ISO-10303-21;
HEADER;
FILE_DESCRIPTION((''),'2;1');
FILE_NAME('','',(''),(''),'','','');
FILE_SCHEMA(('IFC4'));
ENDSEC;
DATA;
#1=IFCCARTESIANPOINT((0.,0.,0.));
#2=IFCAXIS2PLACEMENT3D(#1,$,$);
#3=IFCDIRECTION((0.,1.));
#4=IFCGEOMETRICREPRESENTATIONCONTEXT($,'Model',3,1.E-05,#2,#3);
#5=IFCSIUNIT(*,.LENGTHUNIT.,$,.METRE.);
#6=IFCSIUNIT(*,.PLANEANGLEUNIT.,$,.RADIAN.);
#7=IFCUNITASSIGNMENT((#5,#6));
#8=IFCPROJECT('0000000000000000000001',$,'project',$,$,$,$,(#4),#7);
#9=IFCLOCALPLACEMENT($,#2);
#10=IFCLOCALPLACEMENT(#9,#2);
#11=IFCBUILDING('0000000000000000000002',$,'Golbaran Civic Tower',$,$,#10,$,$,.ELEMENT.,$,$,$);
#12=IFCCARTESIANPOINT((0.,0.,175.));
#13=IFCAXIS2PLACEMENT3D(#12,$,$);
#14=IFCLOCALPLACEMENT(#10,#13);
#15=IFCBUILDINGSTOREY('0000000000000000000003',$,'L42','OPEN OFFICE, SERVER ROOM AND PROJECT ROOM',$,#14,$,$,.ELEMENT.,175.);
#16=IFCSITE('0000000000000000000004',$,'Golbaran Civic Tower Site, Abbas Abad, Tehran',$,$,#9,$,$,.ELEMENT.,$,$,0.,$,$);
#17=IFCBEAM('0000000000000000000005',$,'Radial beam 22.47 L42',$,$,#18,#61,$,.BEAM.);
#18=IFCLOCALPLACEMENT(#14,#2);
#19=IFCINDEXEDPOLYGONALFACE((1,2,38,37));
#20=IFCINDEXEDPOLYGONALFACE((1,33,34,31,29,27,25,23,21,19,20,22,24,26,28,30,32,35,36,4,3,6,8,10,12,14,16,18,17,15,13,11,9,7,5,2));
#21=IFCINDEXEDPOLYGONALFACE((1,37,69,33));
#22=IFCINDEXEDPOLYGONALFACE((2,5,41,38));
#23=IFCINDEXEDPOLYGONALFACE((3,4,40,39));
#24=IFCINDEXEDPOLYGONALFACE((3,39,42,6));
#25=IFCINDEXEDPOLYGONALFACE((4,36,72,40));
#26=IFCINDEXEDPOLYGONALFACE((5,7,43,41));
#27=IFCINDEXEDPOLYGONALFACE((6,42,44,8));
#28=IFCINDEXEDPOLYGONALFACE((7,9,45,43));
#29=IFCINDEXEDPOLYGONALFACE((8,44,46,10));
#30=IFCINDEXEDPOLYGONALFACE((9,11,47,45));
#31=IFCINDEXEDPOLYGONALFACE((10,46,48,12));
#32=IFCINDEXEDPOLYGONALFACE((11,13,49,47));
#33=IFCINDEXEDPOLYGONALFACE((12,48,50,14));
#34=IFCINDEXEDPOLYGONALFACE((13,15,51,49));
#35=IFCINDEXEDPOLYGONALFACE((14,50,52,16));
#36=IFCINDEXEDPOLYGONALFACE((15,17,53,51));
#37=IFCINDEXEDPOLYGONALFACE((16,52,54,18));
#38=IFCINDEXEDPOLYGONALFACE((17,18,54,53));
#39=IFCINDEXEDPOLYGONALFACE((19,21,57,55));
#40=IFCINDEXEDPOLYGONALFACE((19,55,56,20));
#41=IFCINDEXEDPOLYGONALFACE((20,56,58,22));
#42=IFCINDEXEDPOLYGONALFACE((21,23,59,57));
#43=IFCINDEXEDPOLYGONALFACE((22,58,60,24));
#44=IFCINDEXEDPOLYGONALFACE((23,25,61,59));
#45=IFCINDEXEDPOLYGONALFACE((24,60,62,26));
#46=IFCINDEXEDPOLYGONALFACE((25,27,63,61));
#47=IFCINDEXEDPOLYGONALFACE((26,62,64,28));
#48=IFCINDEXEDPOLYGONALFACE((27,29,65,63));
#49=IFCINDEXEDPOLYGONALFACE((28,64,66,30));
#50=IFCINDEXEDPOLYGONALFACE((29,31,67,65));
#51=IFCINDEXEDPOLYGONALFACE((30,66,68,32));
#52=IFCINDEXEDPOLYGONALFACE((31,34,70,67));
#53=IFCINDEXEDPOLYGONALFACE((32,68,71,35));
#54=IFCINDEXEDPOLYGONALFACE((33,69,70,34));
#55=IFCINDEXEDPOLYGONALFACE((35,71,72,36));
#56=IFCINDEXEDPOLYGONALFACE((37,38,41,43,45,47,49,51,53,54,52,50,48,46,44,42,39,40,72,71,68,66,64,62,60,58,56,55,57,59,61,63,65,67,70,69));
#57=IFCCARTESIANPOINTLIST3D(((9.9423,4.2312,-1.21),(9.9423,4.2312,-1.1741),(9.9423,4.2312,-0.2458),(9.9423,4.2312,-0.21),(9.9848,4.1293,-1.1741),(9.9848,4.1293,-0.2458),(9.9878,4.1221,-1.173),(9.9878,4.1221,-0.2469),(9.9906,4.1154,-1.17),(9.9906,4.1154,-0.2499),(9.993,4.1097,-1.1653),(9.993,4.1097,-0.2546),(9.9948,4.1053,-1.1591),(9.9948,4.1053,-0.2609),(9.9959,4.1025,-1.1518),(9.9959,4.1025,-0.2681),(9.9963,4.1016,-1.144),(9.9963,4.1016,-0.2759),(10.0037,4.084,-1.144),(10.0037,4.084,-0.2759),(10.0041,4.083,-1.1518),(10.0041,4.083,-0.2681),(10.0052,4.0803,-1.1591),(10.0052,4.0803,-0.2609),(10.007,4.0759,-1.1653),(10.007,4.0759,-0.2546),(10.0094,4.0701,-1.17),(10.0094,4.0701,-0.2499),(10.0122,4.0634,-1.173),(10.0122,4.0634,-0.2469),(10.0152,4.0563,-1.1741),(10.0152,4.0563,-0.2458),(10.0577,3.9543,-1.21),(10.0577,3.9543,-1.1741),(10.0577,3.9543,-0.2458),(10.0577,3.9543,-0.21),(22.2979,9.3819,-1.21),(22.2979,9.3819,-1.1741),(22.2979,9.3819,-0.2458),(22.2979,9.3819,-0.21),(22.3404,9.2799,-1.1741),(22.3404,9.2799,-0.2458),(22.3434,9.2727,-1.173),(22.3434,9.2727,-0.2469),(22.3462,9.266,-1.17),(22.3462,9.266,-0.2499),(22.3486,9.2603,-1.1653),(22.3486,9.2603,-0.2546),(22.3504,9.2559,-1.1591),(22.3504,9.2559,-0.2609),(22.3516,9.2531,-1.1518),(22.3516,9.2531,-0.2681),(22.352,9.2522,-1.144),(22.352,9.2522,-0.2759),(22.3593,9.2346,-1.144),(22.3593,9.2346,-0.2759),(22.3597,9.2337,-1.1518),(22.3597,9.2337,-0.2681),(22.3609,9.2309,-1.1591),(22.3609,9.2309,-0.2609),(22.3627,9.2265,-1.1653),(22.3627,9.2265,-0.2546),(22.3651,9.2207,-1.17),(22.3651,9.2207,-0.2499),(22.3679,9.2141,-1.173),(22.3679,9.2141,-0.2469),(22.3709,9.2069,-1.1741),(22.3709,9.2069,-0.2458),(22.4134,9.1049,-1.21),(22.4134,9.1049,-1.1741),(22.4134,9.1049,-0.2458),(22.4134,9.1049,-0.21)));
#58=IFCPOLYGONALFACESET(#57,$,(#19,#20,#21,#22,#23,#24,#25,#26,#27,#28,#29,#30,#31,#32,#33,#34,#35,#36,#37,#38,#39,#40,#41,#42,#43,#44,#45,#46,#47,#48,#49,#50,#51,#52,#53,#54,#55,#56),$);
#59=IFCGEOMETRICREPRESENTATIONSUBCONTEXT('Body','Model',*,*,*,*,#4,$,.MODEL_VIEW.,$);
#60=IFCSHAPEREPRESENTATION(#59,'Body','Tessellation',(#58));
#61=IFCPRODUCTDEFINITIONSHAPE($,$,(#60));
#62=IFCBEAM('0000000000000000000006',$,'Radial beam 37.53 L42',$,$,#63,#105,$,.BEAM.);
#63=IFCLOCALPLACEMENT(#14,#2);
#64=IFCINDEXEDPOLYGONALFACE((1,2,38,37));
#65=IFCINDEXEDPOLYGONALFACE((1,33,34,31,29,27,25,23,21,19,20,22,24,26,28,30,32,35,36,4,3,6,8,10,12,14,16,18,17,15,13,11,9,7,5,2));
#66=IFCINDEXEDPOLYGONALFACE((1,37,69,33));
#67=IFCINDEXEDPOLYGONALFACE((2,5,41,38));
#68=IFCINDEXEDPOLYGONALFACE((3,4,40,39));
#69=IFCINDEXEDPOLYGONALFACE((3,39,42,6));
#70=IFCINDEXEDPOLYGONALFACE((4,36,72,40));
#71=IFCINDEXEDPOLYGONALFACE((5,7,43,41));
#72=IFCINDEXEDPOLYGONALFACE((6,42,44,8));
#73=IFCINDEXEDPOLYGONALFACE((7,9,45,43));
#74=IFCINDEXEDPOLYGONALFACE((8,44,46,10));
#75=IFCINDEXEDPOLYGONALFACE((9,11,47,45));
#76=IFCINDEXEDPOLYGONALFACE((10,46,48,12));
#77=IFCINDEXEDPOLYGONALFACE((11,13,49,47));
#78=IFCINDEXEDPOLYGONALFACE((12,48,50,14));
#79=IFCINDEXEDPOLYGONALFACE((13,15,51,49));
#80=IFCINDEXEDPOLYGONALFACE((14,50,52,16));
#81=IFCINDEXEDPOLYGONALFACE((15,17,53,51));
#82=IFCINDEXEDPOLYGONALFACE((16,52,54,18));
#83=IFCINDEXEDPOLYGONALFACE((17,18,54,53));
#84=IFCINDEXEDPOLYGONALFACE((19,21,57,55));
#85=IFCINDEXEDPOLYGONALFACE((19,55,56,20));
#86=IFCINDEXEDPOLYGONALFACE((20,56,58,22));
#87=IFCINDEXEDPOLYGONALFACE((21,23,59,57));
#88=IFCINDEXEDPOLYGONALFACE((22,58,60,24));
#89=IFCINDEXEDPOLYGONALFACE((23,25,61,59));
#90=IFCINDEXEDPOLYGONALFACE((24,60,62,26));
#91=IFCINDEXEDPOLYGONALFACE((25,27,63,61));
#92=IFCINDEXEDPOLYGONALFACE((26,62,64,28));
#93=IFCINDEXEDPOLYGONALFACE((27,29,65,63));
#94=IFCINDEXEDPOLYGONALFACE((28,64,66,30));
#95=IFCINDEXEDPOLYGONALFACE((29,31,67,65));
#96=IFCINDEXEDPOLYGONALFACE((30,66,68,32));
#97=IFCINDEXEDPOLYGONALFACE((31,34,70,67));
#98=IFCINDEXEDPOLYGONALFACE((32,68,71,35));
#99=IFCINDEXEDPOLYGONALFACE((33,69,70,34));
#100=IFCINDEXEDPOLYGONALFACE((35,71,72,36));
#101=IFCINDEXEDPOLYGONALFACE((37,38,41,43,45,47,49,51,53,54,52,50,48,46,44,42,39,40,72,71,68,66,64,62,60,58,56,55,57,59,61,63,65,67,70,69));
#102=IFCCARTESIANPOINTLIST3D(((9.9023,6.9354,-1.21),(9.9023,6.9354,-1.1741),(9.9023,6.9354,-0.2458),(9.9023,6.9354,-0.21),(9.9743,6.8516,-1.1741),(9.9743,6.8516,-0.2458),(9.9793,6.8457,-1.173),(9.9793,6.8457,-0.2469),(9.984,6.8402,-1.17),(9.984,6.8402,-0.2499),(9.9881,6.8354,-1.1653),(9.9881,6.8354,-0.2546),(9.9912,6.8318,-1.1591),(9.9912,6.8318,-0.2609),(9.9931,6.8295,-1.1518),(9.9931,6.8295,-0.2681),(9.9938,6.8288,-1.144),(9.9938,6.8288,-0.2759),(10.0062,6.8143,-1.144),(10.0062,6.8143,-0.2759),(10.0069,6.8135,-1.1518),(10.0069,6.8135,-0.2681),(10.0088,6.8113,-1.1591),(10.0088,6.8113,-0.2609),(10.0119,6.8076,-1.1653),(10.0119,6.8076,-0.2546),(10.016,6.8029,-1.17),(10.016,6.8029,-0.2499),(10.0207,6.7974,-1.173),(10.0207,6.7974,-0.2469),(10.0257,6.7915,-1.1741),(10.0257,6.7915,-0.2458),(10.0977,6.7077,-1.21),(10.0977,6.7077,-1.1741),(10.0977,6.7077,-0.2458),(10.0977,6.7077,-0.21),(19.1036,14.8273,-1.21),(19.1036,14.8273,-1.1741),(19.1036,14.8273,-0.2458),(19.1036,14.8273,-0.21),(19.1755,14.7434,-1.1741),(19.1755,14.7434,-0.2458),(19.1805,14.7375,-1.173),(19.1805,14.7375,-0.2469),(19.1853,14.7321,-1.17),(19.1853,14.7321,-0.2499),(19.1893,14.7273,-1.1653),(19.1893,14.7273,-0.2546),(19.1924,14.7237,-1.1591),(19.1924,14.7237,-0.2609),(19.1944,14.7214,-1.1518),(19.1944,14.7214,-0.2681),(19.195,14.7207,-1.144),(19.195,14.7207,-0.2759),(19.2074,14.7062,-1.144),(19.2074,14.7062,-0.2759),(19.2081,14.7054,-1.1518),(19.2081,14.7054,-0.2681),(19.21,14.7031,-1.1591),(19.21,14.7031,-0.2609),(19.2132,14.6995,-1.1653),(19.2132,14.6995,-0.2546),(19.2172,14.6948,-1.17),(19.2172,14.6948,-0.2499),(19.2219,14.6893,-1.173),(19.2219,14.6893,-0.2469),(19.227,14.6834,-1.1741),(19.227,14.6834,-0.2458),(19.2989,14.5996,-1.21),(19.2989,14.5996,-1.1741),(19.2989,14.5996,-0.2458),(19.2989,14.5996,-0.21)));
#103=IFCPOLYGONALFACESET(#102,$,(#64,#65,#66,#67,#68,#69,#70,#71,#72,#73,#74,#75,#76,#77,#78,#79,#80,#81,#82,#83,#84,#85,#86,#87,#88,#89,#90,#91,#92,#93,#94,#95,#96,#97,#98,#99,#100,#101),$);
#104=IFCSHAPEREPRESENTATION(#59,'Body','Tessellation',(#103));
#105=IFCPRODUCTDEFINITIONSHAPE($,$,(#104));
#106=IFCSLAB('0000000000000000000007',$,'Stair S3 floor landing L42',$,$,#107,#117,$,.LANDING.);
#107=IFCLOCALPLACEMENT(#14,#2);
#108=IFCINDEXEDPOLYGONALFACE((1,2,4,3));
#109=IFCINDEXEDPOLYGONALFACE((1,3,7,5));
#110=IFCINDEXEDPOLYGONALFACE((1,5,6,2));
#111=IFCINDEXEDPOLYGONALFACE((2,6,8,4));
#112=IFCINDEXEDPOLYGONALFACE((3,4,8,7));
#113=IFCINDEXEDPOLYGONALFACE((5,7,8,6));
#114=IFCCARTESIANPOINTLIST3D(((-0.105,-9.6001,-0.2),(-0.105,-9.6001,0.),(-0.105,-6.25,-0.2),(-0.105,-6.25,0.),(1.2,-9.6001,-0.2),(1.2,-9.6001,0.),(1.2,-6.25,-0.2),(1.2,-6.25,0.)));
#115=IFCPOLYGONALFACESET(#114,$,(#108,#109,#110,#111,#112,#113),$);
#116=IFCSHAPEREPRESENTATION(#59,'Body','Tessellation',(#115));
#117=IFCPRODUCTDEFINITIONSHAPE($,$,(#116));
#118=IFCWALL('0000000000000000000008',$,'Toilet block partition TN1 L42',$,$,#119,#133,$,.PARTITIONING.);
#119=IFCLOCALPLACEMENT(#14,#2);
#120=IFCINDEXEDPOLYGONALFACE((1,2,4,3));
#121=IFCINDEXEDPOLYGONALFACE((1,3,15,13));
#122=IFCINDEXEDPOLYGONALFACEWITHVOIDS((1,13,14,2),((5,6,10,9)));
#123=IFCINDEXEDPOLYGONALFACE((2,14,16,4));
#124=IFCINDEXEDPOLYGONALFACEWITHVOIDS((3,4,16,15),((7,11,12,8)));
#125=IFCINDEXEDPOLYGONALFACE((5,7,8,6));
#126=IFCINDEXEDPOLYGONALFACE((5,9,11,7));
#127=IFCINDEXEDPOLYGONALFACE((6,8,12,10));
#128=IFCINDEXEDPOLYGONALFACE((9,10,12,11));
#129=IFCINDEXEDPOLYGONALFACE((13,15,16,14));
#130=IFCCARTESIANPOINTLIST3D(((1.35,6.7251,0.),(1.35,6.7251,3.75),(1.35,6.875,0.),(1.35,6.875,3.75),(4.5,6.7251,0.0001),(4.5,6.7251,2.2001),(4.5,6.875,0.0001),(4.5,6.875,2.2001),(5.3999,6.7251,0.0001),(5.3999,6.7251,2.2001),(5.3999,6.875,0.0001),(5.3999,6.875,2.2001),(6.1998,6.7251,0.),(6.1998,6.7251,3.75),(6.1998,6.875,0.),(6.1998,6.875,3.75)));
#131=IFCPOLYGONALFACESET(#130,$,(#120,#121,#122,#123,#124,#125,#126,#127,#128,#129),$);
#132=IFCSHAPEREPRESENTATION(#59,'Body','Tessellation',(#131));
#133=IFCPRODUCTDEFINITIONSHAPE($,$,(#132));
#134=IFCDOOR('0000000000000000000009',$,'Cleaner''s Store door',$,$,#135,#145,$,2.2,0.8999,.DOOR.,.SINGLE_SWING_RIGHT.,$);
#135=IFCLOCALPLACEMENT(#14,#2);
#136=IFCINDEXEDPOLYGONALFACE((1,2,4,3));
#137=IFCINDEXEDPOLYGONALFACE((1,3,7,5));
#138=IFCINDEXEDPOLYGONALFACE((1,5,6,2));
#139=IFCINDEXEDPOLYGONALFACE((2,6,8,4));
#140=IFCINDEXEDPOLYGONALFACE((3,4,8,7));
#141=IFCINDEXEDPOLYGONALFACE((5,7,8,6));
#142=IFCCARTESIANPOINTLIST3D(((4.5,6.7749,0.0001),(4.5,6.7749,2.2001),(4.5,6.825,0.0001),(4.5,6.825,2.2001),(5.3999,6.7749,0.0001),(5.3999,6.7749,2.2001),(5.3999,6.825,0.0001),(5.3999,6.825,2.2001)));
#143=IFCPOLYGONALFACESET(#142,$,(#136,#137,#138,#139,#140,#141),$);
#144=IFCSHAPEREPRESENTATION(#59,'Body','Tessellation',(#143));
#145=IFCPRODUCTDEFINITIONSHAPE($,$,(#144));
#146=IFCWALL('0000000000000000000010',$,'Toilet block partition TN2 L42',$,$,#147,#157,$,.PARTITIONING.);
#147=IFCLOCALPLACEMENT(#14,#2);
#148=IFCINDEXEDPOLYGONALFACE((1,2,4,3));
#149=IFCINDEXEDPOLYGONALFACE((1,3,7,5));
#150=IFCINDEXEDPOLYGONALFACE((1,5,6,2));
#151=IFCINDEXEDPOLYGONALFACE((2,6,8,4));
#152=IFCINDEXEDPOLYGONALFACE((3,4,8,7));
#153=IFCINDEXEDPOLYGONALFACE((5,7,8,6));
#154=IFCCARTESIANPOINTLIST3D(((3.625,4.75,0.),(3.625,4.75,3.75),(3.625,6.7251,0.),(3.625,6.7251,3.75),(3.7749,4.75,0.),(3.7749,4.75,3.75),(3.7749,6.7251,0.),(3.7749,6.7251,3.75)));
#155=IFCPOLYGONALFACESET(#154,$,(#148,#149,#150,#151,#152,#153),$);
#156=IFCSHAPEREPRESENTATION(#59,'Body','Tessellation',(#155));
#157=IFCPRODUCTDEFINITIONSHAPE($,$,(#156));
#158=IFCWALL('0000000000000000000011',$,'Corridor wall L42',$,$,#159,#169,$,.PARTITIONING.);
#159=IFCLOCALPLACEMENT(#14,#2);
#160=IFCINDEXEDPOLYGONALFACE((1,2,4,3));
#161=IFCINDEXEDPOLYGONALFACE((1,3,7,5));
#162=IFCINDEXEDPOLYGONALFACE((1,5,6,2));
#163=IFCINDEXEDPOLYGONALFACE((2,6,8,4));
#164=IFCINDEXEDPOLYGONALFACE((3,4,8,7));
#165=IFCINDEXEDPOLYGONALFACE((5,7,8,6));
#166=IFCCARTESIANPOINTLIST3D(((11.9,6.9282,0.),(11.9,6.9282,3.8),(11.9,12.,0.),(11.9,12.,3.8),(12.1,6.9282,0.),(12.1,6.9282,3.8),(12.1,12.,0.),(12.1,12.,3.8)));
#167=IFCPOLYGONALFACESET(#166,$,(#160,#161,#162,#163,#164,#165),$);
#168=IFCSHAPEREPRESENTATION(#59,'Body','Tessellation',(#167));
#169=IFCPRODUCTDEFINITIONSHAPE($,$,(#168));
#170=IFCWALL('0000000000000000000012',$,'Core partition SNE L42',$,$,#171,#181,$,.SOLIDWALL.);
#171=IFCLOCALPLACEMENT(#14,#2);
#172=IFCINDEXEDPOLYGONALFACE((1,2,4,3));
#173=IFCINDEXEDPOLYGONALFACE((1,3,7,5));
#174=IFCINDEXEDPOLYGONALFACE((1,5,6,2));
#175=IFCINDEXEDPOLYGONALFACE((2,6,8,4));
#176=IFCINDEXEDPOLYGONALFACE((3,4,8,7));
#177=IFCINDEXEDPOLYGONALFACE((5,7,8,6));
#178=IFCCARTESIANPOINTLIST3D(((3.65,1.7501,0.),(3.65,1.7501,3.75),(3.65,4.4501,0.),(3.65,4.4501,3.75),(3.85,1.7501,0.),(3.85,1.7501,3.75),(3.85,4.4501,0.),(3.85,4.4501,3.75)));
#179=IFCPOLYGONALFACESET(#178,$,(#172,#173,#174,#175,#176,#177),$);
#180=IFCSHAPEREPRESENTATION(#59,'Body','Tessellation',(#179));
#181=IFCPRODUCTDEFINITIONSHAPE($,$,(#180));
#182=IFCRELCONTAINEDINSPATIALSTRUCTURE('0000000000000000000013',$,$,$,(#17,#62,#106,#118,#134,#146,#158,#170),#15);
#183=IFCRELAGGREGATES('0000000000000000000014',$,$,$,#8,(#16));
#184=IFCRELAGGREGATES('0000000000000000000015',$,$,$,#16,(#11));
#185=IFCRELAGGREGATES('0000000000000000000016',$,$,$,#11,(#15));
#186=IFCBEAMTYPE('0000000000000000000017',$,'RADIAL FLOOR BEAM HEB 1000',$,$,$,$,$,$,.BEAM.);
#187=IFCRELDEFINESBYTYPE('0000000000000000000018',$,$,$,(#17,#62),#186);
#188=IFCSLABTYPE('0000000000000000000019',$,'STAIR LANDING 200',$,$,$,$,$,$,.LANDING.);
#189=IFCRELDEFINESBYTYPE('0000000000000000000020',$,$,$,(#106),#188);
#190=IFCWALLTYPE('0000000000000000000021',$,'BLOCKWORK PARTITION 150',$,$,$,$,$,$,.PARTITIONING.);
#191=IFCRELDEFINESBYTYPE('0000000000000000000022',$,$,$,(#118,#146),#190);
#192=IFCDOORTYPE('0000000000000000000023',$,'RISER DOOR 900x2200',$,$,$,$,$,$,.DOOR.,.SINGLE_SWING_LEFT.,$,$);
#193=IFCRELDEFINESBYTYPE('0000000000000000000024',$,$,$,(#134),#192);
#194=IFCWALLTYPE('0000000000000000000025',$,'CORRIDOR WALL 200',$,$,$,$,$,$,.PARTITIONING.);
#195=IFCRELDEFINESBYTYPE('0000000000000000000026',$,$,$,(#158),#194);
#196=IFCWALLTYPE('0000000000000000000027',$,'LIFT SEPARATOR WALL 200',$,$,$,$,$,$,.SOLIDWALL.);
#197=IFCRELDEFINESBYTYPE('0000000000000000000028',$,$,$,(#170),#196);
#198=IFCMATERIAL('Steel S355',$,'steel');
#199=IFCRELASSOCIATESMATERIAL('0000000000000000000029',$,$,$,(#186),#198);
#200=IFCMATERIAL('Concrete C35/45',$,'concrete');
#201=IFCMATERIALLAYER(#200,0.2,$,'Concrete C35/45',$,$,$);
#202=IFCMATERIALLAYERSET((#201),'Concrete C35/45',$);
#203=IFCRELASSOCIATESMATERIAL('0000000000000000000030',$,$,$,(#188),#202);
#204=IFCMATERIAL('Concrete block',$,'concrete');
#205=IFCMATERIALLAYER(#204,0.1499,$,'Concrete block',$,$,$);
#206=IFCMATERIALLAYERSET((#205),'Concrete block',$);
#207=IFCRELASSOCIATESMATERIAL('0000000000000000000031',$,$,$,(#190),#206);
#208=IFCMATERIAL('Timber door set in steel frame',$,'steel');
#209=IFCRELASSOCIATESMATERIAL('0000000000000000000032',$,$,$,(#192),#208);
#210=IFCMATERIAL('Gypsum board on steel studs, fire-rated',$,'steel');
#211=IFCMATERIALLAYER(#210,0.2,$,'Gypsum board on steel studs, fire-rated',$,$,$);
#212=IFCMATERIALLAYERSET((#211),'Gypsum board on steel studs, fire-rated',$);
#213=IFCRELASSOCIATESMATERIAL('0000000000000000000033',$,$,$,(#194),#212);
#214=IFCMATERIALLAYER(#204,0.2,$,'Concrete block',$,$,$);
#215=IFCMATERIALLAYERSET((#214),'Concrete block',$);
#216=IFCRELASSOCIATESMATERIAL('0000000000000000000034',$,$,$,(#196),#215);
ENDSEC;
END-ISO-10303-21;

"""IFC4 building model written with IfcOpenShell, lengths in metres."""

from ifc_helpers import new_model, si_unit, direction, frame, frame_2d, origin, origin_2d, place, context, subcontext, project, spatial, polyline, rectangle, i_section, outline, extrude, material, layer, layer_set, material_profile, profile_set, type_object, element, fill, save


model = new_model("IFC4")

# Units and contexts
model_context = context("Model", 3, precision=1e-05, world=origin(), true_north=direction((0.0, 1.0)))
body_context = subcontext(model_context, "Body", "Model", "MODEL_VIEW")
ifc_project = project(units=[si_unit("LENGTHUNIT", "METRE"), si_unit("PLANEANGLEUNIT", "RADIAN")], contexts=[model_context])

# Site, building, storey
site_placement = place(None, origin())
site = spatial("IfcSite", under=ifc_project, at=site_placement, Name="Golbaran Civic Tower Site, Abbas Abad, Tehran", CompositionType="ELEMENT", RefElevation=0.0)
building_placement = place(site_placement, origin())
building = spatial("IfcBuilding", under=site, at=building_placement, Name="Golbaran Civic Tower", CompositionType="ELEMENT")
storey_placement = place(building_placement, frame((0.0, 0.0, 175.0)))
storey = spatial("IfcBuildingStorey", under=building, at=storey_placement, Name="L42", Description="OPEN OFFICE, SERVER ROOM AND PROJECT ROOM", CompositionType="ELEMENT", Elevation=175.0)

# Beams
ifc_material_1 = material(Name="Steel S355", Category="steel")
ifc_material_profile_1 = material_profile(ifc_material_1, i_section(OverallWidth=0.3, OverallDepth=1.0, WebThickness=0.019, FlangeThickness=0.0359, FilletRadius=0.03, at=origin_2d()), Name="HEB 1000")
ifc_profile_set_1 = profile_set([ifc_material_profile_1], Name="Steel S355")
beam_type_1 = type_object("IfcBeamType", Name="RADIAL FLOOR BEAM HEB 1000", PredefinedType="BEAM", material=ifc_profile_set_1)
beam_1_placement = place(storey_placement, frame((10.0, 4.0928, -0.71), z_axis=(0.923013, 0.384769, 0.0), x_axis=(-0.384769, 0.923013, 0.0)))
element("IfcBeam", 1, at=beam_1_placement, inside=storey, type_object=beam_type_1, Name="Radial beam 22.47 L42", PredefinedType="BEAM", context=body_context, shape_type="SweptSolid", body=[
    extrude(i_section(OverallWidth=0.3, OverallDepth=1.0, WebThickness=0.019, FlangeThickness=0.0359, FilletRadius=0.03, at=origin_2d()), origin(), (0.0, 0.0, 1.0), 13.3862),
])
beam_2_placement = place(storey_placement, frame((10.0, 6.8215, -0.71), z_axis=(0.759048, 0.651035, 0.0), x_axis=(-0.651035, 0.759048, 0.0)))
element("IfcBeam", 2, at=beam_2_placement, inside=storey, type_object=beam_type_1, Name="Radial beam 37.53 L42", PredefinedType="BEAM", context=body_context, shape_type="SweptSolid", body=[
    extrude(i_section(OverallWidth=0.3, OverallDepth=1.0, WebThickness=0.019, FlangeThickness=0.0359, FilletRadius=0.03, at=origin_2d()), origin(), (0.0, 0.0, 1.0), 12.1221),
])

# Slab
ifc_material_2 = material(Name="Concrete C35/45", Category="concrete")
ifc_layer_1 = layer(ifc_material_2, 0.2, Name="Concrete C35/45")
ifc_layer_set_1 = layer_set([ifc_layer_1], Name="Concrete C35/45")
slab_type = type_object("IfcSlabType", Name="STAIR LANDING 200", PredefinedType="LANDING", material=ifc_layer_set_1)
slab_placement = place(storey_placement, frame((0.0, 0.0, -0.2)))
element("IfcSlab", 3, at=slab_placement, inside=storey, type_object=slab_type, Name="Stair S3 floor landing L42", PredefinedType="LANDING", context=body_context, shape_type="SweptSolid", body=[
    extrude(outline(polyline([(1.2, -9.6001), (-0.105, -9.6001), (-0.105, -6.25), (1.2, -6.25), (1.2, -9.6001)])), origin(), (0.0, 0.0, 1.0), 0.2),
])

# Wall, opening, door
ifc_material_3 = material(Name="Concrete block", Category="concrete")
ifc_layer_2 = layer(ifc_material_3, 0.1499, Name="Concrete block")
ifc_layer_set_2 = layer_set([ifc_layer_2], Name="Concrete block")
wall_type_1 = type_object("IfcWallType", Name="BLOCKWORK PARTITION 150", PredefinedType="PARTITIONING", material=ifc_layer_set_2)
wall_1_placement = place(storey_placement, frame((1.3501, 6.8, 0.0), z_axis=(0.0, 0.0, 1.0), x_axis=(1.0, 0.0, 0.0)))
wall_1 = element("IfcWall", 4, at=wall_1_placement, inside=storey, type_object=wall_type_1, Name="Toilet block partition TN1 L42", PredefinedType="PARTITIONING", context=body_context, shape_type="SweptSolid", body=[
    extrude(rectangle(XDim=4.8499, YDim=0.1499, at=frame_2d((2.4248, 0.0))), origin(), (0.0, 0.0, 1.0), 3.75),
])
opening_1_placement = place(wall_1_placement, frame((3.1499, 0.0, 0.0)))
opening_1 = element("IfcOpeningElement", 5, at=opening_1_placement, cuts=wall_1, PredefinedType="OPENING", context=body_context, shape_type="SweptSolid", body=[
    extrude(rectangle(XDim=0.8999, YDim=2.2, at=frame_2d((0.45, 1.1001))), frame((0.0, 0.085, 0.0), z_axis=(0.0, -1.0, 0.0), x_axis=(1.0, 0.0, 0.0)), (0.0, 0.0, 1.0), 0.1699),
])
ifc_material_4 = material(Name="Timber door set in steel frame", Category="steel")
door_type_1 = type_object("IfcDoorType", Name="RISER DOOR 900x2200", OperationType="SINGLE_SWING_LEFT", PredefinedType="DOOR", material=ifc_material_4)
door_1_placement = place(opening_1_placement, origin())
door_1 = element("IfcDoor", 6, at=door_1_placement, inside=storey, type_object=door_type_1, Name="Cleaner's Store door", OperationType="SINGLE_SWING_RIGHT", OverallHeight=2.2, OverallWidth=0.8999, PredefinedType="DOOR", context=body_context, shape_type="SweptSolid", body=[
    extrude(rectangle(XDim=0.8999, YDim=2.2, at=frame_2d((0.45, 1.1001))), frame((0.0, 0.0249, 0.0), z_axis=(0.0, -1.0, 0.0), x_axis=(1.0, 0.0, 0.0)), (0.0, 0.0, 1.0), 0.05),
])
fill(opening_1, door_1)

# Walls
wall_2_placement = place(storey_placement, frame((3.7, 4.75, 0.0), z_axis=(0.0, 0.0, 1.0), x_axis=(0.0, 1.0, 0.0)))
element("IfcWall", 7, at=wall_2_placement, inside=storey, type_object=wall_type_1, Name="Toilet block partition TN2 L42", PredefinedType="PARTITIONING", context=body_context, shape_type="SweptSolid", body=[
    extrude(rectangle(XDim=1.9751, YDim=0.1499, at=frame_2d((0.9875, 0.0))), origin(), (0.0, 0.0, 1.0), 3.75),
])
ifc_material_5 = material(Name="Gypsum board on steel studs, fire-rated", Category="steel")
ifc_layer_3 = layer(ifc_material_5, 0.2, Name="Gypsum board on steel studs, fire-rated")
ifc_layer_set_3 = layer_set([ifc_layer_3], Name="Gypsum board on steel studs, fire-rated")
wall_type_2 = type_object("IfcWallType", Name="CORRIDOR WALL 200", PredefinedType="PARTITIONING", material=ifc_layer_set_3)
wall_3_placement = place(storey_placement, frame((12.0, 6.9282, 0.0), z_axis=(0.0, 0.0, 1.0), x_axis=(0.0, 1.0, 0.0)))
element("IfcWall", 8, at=wall_3_placement, inside=storey, type_object=wall_type_2, Name="Corridor wall L42", PredefinedType="PARTITIONING", context=body_context, shape_type="SweptSolid", body=[
    extrude(rectangle(XDim=5.0718, YDim=0.2, at=frame_2d((2.5359, 0.0))), origin(), (0.0, 0.0, 1.0), 3.8),
])
ifc_layer_4 = layer(ifc_material_3, 0.2, Name="Concrete block")
ifc_layer_set_4 = layer_set([ifc_layer_4], Name="Concrete block")
wall_type_3 = type_object("IfcWallType", Name="LIFT SEPARATOR WALL 200", PredefinedType="SOLIDWALL", material=ifc_layer_set_4)
wall_4_placement = place(storey_placement, frame((3.75, 1.75, 0.0), z_axis=(0.0, 0.0, 1.0), x_axis=(0.0, 1.0, 0.0)))
element("IfcWall", 9, at=wall_4_placement, inside=storey, type_object=wall_type_3, Name="Core partition SNE L42", PredefinedType="SOLIDWALL", context=body_context, shape_type="SweptSolid", body=[
    extrude(rectangle(XDim=2.7, YDim=0.2, at=frame_2d((1.3501, 0.0))), origin(), (0.0, 0.0, 1.0), 3.75),
])

save(model, "model.ifc")
